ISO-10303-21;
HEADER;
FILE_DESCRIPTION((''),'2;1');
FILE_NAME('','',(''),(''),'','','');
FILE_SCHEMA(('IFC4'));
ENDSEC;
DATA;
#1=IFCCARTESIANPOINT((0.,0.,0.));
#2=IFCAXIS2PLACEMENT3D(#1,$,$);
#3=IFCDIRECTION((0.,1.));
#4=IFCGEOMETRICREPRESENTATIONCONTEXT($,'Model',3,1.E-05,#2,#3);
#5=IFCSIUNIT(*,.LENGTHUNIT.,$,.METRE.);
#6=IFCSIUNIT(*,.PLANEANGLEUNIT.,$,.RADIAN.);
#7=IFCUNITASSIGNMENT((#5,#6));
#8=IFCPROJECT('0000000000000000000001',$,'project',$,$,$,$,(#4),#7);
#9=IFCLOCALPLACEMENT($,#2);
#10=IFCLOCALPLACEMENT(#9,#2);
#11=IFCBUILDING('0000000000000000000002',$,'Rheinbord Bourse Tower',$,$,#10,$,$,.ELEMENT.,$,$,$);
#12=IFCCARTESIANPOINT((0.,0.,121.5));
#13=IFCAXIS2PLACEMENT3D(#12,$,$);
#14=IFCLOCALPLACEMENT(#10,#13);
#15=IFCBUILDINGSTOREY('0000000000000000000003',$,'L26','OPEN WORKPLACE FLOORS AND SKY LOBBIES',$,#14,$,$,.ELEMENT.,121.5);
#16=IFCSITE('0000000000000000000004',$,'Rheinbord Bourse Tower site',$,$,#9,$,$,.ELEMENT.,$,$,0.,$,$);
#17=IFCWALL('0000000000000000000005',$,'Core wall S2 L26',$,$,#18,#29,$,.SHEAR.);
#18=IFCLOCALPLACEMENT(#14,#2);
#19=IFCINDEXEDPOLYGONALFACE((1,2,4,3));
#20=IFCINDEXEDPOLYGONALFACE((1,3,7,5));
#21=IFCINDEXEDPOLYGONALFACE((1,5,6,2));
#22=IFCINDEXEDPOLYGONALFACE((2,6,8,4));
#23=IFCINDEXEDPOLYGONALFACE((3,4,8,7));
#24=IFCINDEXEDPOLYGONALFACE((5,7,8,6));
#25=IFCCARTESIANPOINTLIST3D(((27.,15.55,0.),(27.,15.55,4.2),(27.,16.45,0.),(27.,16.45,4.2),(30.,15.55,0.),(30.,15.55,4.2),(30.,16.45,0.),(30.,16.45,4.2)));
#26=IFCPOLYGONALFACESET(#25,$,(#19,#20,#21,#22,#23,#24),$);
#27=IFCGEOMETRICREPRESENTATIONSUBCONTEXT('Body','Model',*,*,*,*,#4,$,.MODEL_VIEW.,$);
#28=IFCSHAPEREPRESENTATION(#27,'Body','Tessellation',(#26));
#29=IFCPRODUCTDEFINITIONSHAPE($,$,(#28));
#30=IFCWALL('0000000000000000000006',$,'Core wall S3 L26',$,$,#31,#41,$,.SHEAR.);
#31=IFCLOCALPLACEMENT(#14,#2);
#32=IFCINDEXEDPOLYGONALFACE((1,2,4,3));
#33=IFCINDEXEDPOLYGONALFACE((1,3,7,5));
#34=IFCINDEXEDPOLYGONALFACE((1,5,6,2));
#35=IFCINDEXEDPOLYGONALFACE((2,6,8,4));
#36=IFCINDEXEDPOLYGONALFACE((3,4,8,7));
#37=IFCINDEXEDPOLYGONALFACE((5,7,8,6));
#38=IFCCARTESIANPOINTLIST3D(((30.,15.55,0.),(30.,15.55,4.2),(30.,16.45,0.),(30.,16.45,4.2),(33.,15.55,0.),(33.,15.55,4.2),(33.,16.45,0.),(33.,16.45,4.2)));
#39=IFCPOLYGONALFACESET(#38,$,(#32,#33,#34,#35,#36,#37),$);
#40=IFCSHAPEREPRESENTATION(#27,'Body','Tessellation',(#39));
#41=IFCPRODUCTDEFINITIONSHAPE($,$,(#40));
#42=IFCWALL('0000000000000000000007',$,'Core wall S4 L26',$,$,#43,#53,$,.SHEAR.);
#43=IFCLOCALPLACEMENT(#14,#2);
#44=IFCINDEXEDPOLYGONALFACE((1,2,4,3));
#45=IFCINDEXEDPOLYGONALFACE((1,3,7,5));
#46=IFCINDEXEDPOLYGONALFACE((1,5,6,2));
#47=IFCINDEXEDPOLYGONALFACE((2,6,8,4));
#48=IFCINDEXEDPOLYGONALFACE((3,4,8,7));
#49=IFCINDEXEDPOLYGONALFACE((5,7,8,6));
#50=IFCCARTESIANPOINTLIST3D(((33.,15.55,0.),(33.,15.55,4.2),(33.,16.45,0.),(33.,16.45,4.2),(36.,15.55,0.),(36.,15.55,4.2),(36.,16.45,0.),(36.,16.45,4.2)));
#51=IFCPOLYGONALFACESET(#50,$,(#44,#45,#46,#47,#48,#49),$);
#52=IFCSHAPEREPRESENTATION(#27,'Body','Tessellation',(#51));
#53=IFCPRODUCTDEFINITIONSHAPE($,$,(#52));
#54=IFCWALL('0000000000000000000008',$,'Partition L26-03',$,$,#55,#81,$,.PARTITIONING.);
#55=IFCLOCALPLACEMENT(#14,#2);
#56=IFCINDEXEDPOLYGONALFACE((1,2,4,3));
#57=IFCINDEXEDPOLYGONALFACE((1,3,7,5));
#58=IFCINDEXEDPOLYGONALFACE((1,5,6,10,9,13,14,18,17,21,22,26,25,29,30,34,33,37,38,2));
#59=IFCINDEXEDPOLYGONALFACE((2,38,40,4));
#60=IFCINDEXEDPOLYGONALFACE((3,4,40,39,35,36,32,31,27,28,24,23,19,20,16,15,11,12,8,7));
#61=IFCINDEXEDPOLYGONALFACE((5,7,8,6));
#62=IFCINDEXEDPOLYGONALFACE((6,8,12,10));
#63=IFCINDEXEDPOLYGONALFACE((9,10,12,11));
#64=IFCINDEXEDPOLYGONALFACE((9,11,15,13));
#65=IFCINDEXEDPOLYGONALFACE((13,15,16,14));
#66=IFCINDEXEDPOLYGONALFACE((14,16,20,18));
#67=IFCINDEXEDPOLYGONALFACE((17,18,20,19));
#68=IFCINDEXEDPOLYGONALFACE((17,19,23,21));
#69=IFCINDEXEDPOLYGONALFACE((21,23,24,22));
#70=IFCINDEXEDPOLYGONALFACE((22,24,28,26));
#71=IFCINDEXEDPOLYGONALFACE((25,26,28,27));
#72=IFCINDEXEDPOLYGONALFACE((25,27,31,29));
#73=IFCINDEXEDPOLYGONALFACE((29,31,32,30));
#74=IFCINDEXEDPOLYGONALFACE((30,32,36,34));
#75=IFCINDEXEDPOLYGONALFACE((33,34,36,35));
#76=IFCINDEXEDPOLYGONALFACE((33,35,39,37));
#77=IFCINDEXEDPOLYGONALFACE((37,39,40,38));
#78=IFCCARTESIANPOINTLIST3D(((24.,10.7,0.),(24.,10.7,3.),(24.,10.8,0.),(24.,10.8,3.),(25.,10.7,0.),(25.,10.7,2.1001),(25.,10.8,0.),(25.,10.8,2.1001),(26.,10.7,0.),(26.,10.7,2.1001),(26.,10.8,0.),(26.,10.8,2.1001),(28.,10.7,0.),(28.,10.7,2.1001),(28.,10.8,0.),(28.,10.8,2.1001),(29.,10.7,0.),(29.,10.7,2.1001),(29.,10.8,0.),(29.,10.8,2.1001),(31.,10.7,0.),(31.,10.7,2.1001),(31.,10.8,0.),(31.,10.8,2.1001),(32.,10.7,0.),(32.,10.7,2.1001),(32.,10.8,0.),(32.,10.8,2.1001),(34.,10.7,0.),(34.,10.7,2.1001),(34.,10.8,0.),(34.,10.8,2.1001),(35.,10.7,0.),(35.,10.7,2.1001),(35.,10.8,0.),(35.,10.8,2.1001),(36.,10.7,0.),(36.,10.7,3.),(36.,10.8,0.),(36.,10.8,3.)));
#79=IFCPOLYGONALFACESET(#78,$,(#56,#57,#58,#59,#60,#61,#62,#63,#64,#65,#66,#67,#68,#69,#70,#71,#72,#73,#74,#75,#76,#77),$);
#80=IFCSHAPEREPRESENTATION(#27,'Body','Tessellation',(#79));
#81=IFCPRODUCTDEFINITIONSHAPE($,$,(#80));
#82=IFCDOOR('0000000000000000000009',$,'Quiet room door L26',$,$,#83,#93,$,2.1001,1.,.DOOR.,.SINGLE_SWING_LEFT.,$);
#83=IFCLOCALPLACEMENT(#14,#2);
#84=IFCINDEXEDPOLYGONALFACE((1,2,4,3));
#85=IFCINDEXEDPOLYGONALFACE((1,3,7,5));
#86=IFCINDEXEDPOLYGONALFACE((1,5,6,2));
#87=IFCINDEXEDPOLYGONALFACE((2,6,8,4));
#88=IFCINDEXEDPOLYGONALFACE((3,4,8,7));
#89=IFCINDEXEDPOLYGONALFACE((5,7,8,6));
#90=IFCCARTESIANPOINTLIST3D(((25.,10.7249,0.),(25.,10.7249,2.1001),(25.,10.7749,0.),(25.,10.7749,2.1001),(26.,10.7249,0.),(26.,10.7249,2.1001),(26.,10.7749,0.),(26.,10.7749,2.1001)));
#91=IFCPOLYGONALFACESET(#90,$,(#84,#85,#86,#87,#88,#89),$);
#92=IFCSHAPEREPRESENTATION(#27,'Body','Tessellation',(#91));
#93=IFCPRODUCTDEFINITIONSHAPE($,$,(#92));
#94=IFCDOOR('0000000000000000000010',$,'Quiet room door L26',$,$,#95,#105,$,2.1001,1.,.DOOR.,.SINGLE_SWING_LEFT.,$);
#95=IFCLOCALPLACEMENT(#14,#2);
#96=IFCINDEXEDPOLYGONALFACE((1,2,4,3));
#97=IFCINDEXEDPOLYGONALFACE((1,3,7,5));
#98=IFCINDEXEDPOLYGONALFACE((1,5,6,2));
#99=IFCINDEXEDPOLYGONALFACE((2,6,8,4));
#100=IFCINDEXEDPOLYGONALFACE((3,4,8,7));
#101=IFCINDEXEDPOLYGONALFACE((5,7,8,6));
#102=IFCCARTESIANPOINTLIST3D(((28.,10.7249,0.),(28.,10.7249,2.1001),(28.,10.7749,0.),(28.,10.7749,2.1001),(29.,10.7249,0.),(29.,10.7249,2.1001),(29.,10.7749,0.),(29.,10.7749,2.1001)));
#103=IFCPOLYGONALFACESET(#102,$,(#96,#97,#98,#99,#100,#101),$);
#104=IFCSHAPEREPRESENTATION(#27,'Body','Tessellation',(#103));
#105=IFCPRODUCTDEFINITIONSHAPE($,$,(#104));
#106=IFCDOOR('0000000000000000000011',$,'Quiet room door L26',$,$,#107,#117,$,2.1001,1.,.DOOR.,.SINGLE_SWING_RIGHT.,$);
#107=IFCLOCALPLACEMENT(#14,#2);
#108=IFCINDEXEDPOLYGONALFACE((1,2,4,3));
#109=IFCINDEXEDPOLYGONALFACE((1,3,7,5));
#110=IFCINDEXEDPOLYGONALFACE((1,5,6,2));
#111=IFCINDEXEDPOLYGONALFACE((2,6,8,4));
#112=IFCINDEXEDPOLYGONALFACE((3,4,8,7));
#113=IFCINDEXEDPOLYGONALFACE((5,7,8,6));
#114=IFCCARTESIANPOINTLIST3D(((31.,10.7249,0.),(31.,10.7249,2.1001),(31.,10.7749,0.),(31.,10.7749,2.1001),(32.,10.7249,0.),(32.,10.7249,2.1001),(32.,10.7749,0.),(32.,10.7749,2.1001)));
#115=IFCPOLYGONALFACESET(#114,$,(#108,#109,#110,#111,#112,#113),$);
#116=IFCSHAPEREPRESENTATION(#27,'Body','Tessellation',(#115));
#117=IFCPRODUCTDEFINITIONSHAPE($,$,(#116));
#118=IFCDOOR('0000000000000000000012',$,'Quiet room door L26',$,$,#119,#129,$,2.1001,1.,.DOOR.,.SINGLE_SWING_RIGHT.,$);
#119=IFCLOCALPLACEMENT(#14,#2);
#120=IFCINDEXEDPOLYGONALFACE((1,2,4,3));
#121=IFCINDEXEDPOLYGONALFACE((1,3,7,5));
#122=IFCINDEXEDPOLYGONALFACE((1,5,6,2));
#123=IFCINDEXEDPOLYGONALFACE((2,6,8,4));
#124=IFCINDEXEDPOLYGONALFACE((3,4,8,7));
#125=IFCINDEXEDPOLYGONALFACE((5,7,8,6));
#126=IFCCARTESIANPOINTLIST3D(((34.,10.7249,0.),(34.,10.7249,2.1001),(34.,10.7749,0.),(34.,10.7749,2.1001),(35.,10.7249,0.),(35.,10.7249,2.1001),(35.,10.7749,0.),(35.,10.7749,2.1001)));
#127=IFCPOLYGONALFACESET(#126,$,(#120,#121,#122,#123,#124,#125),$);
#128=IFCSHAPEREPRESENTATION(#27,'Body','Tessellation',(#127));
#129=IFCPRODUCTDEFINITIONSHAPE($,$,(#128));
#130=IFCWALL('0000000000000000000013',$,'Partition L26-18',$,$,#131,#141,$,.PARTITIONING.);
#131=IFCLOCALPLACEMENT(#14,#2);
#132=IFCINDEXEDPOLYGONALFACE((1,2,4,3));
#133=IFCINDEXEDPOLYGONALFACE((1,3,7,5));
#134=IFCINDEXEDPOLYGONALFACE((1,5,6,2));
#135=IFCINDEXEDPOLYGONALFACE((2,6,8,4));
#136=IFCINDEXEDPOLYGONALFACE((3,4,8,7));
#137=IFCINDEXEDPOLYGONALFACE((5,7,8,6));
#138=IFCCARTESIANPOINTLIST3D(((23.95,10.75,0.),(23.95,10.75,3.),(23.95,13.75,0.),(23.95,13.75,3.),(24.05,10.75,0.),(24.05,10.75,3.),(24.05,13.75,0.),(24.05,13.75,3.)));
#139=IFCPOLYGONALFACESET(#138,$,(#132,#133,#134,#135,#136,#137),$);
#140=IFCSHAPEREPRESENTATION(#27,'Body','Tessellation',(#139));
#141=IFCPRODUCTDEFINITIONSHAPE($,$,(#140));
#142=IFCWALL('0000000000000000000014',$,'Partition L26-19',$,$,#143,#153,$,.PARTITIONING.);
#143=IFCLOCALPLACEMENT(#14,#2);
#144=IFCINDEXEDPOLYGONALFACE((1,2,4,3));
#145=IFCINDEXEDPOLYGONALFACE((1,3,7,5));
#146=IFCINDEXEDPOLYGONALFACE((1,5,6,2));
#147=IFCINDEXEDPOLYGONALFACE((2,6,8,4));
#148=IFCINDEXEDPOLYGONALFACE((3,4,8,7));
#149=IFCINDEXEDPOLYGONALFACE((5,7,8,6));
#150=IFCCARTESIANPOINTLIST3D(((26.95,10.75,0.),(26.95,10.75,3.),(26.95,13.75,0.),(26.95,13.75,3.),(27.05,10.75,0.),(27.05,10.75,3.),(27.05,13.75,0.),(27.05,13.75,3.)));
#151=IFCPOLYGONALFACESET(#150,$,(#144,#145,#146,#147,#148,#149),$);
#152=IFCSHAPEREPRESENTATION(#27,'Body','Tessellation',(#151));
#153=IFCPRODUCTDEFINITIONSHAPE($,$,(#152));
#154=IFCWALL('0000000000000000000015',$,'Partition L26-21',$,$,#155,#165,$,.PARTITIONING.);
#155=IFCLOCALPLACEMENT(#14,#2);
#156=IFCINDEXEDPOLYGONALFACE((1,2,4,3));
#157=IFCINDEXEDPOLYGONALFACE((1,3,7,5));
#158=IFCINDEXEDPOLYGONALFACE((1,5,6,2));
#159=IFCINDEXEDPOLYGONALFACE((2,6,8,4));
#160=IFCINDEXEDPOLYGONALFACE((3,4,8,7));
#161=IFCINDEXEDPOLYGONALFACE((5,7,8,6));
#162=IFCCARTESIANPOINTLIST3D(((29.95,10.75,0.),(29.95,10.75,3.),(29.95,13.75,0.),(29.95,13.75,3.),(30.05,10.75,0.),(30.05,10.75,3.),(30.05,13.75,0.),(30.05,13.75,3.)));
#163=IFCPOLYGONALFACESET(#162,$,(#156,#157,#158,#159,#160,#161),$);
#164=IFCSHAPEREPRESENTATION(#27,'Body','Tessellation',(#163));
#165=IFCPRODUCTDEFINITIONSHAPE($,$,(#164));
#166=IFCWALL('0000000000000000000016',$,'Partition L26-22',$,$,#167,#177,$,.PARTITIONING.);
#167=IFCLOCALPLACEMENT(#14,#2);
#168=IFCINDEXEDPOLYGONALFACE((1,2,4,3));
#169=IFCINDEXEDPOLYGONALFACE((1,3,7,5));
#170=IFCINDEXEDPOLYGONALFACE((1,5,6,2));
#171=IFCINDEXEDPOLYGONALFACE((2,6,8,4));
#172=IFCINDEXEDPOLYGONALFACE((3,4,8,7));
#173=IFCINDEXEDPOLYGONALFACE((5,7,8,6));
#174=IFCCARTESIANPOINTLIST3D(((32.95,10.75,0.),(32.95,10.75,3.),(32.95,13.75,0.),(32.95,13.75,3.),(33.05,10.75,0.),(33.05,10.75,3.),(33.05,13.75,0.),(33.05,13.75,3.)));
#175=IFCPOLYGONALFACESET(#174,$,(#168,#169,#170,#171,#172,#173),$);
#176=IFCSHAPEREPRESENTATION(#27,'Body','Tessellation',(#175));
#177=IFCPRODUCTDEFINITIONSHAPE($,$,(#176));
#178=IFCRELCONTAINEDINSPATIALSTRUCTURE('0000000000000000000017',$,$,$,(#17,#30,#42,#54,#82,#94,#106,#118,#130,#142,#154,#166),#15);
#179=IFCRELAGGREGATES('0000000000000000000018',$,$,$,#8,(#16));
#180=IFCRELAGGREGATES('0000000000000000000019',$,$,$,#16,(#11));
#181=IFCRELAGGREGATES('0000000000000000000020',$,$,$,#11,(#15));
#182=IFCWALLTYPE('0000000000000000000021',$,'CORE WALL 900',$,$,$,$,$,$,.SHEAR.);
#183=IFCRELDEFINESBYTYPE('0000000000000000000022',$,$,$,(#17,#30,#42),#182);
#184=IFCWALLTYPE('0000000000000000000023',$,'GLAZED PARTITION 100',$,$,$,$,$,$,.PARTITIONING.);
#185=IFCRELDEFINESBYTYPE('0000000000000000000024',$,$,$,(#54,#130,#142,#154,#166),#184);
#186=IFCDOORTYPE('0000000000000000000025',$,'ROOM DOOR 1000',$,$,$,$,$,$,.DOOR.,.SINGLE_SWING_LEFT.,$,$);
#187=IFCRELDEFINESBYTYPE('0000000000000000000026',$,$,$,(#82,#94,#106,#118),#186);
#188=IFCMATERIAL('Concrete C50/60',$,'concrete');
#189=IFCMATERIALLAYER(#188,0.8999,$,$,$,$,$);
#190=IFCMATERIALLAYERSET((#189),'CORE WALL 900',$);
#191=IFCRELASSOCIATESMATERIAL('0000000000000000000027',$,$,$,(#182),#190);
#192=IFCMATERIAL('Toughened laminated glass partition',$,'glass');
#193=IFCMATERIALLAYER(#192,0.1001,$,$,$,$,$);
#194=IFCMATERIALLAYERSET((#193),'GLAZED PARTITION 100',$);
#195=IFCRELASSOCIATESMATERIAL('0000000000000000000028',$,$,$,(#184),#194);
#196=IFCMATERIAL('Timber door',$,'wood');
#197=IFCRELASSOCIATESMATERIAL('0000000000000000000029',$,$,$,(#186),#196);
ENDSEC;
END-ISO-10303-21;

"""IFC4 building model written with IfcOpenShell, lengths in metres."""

from ifc_helpers import new_model, si_unit, direction, frame, frame_2d, origin, place, context, subcontext, project, spatial, rectangle, extrude, material, layer, layer_set, type_object, element, fill, save


model = new_model("IFC4")

# Units and contexts
model_context = context("Model", 3, precision=1e-05, world=origin(), true_north=direction((0.0, 1.0)))
body_context = subcontext(model_context, "Body", "Model", "MODEL_VIEW")
ifc_project = project(units=[si_unit("LENGTHUNIT", "METRE"), si_unit("PLANEANGLEUNIT", "RADIAN")], contexts=[model_context])

# Site, building, storey
site_placement = place(None, origin())
site = spatial("IfcSite", under=ifc_project, at=site_placement, Name="Rheinbord Bourse Tower site", CompositionType="ELEMENT", RefElevation=0.0)
building_placement = place(site_placement, origin())
building = spatial("IfcBuilding", under=site, at=building_placement, Name="Rheinbord Bourse Tower", CompositionType="ELEMENT")
storey_placement = place(building_placement, frame((0.0, 0.0, 121.5)))
storey = spatial("IfcBuildingStorey", under=building, at=storey_placement, Name="L26", Description="OPEN WORKPLACE FLOORS AND SKY LOBBIES", CompositionType="ELEMENT", Elevation=121.5)

# Walls
ifc_material_1 = material(Name="Concrete C50/60", Category="concrete")
ifc_layer_1 = layer(ifc_material_1, 0.8999)
ifc_layer_set_1 = layer_set([ifc_layer_1], Name="CORE WALL 900")
wall_type_1 = type_object("IfcWallType", Name="CORE WALL 900", PredefinedType="SHEAR", material=ifc_layer_set_1)
for number, where, z_axis, x_axis, name in (
    (1, (27.0, 16.0, 0.0), (0.0, 0.0, 1.0), (1.0, 0.0, 0.0), "Core wall S2 L26"),
    (2, (30.0, 16.0, 0.0), (0.0, 0.0, 1.0), (1.0, 0.0, 0.0), "Core wall S3 L26"),
    (3, (33.0, 16.0, 0.0), (0.0, 0.0, 1.0), (1.0, 0.0, 0.0), "Core wall S4 L26"),
):
    element("IfcWall", number, at=place(storey_placement, frame(where, z_axis=z_axis, x_axis=x_axis)), inside=storey, type_object=wall_type_1, Name=name, PredefinedType="SHEAR", context=body_context, shape_type="SweptSolid", body=[
        extrude(rectangle(XDim=3.0, YDim=0.8999, at=frame_2d((1.5, 0.0))), origin(), (0.0, 0.0, 1.0), 4.2),
    ])

# Wall, openings, doors
ifc_material_2 = material(Name="Toughened laminated glass partition", Category="glass")
ifc_layer_2 = layer(ifc_material_2, 0.1001)
ifc_layer_set_2 = layer_set([ifc_layer_2], Name="GLAZED PARTITION 100")
wall_type_2 = type_object("IfcWallType", Name="GLAZED PARTITION 100", PredefinedType="PARTITIONING", material=ifc_layer_set_2)
wall_1_placement = place(storey_placement, frame((24.0, 10.75, 0.0), z_axis=(0.0, 0.0, 1.0), x_axis=(1.0, 0.0, 0.0)))
wall_1 = element("IfcWall", 4, at=wall_1_placement, inside=storey, type_object=wall_type_2, Name="Partition L26-03", PredefinedType="PARTITIONING", context=body_context, shape_type="SweptSolid", body=[
    extrude(rectangle(XDim=12.0, YDim=0.1001, at=frame_2d((6.0, 0.0))), origin(), (0.0, 0.0, 1.0), 3.0),
])
opening_1_placement = place(wall_1_placement, frame((1.0, 0.0, 0.0)))
opening_1 = element("IfcOpeningElement", 5, at=opening_1_placement, cuts=wall_1, PredefinedType="OPENING", context=body_context, shape_type="SweptSolid", body=[
    extrude(rectangle(XDim=1.0, YDim=2.1001, at=frame_2d((0.5, 1.05))), frame((0.0, 0.0601, 0.0), z_axis=(0.0, -1.0, 0.0), x_axis=(1.0, 0.0, 0.0)), (0.0, 0.0, 1.0), 0.1201),
])
opening_2_placement = place(wall_1_placement, frame((4.0, 0.0, 0.0)))
opening_2 = element("IfcOpeningElement", 6, at=opening_2_placement, cuts=wall_1, PredefinedType="OPENING", context=body_context, shape_type="SweptSolid", body=[
    extrude(rectangle(XDim=1.0, YDim=2.1001, at=frame_2d((0.5, 1.05))), frame((0.0, 0.0601, 0.0), z_axis=(0.0, -1.0, 0.0), x_axis=(1.0, 0.0, 0.0)), (0.0, 0.0, 1.0), 0.1201),
])
opening_3_placement = place(wall_1_placement, frame((7.0, 0.0, 0.0)))
opening_3 = element("IfcOpeningElement", 7, at=opening_3_placement, cuts=wall_1, PredefinedType="OPENING", context=body_context, shape_type="SweptSolid", body=[
    extrude(rectangle(XDim=1.0, YDim=2.1001, at=frame_2d((0.5, 1.05))), frame((0.0, 0.0601, 0.0), z_axis=(0.0, -1.0, 0.0), x_axis=(1.0, 0.0, 0.0)), (0.0, 0.0, 1.0), 0.1201),
])
opening_4_placement = place(wall_1_placement, frame((10.0, 0.0, 0.0)))
opening_4 = element("IfcOpeningElement", 8, at=opening_4_placement, cuts=wall_1, PredefinedType="OPENING", context=body_context, shape_type="SweptSolid", body=[
    extrude(rectangle(XDim=1.0, YDim=2.1001, at=frame_2d((0.5, 1.05))), frame((0.0, 0.0601, 0.0), z_axis=(0.0, -1.0, 0.0), x_axis=(1.0, 0.0, 0.0)), (0.0, 0.0, 1.0), 0.1201),
])
ifc_material_3 = material(Name="Timber door", Category="wood")
door_type_1 = type_object("IfcDoorType", Name="ROOM DOOR 1000", OperationType="SINGLE_SWING_LEFT", PredefinedType="DOOR", material=ifc_material_3)
door_1_placement = place(opening_1_placement, origin())
door_1 = element("IfcDoor", 9, at=door_1_placement, inside=storey, type_object=door_type_1, Name="Quiet room door L26", OperationType="SINGLE_SWING_LEFT", OverallHeight=2.1001, OverallWidth=1.0, PredefinedType="DOOR", context=body_context, shape_type="SweptSolid", body=[
    extrude(rectangle(XDim=1.0, YDim=2.1001, at=frame_2d((0.5, 1.05))), frame((0.0, 0.0249, 0.0), z_axis=(0.0, -1.0, 0.0), x_axis=(1.0, 0.0, 0.0)), (0.0, 0.0, 1.0), 0.05),
])
fill(opening_1, door_1)
door_2_placement = place(opening_2_placement, origin())
door_2 = element("IfcDoor", 10, at=door_2_placement, inside=storey, type_object=door_type_1, Name="Quiet room door L26", OperationType="SINGLE_SWING_LEFT", OverallHeight=2.1001, OverallWidth=1.0, PredefinedType="DOOR", context=body_context, shape_type="SweptSolid", body=[
    extrude(rectangle(XDim=1.0, YDim=2.1001, at=frame_2d((0.5, 1.05))), frame((0.0, 0.0249, 0.0), z_axis=(0.0, -1.0, 0.0), x_axis=(1.0, 0.0, 0.0)), (0.0, 0.0, 1.0), 0.05),
])
fill(opening_2, door_2)
door_3_placement = place(opening_3_placement, origin())
door_3 = element("IfcDoor", 11, at=door_3_placement, inside=storey, type_object=door_type_1, Name="Quiet room door L26", OperationType="SINGLE_SWING_RIGHT", OverallHeight=2.1001, OverallWidth=1.0, PredefinedType="DOOR", context=body_context, shape_type="SweptSolid", body=[
    extrude(rectangle(XDim=1.0, YDim=2.1001, at=frame_2d((0.5, 1.05))), frame((0.0, 0.0249, 0.0), z_axis=(0.0, -1.0, 0.0), x_axis=(1.0, 0.0, 0.0)), (0.0, 0.0, 1.0), 0.05),
])
fill(opening_3, door_3)
door_4_placement = place(opening_4_placement, origin())
door_4 = element("IfcDoor", 12, at=door_4_placement, inside=storey, type_object=door_type_1, Name="Quiet room door L26", OperationType="SINGLE_SWING_RIGHT", OverallHeight=2.1001, OverallWidth=1.0, PredefinedType="DOOR", context=body_context, shape_type="SweptSolid", body=[
    extrude(rectangle(XDim=1.0, YDim=2.1001, at=frame_2d((0.5, 1.05))), frame((0.0, 0.0249, 0.0), z_axis=(0.0, -1.0, 0.0), x_axis=(1.0, 0.0, 0.0)), (0.0, 0.0, 1.0), 0.05),
])
fill(opening_4, door_4)

# Walls
for number, where, z_axis, x_axis, name in (
    (13, (24.0, 10.75, 0.0), (0.0, 0.0, 1.0), (0.0, 1.0, 0.0), "Partition L26-18"),
    (14, (27.0, 10.75, 0.0), (0.0, 0.0, 1.0), (0.0, 1.0, 0.0), "Partition L26-19"),
    (15, (30.0, 10.75, 0.0), (0.0, 0.0, 1.0), (0.0, 1.0, 0.0), "Partition L26-21"),
    (16, (33.0, 10.75, 0.0), (0.0, 0.0, 1.0), (0.0, 1.0, 0.0), "Partition L26-22"),
):
    element("IfcWall", number, at=place(storey_placement, frame(where, z_axis=z_axis, x_axis=x_axis)), inside=storey, type_object=wall_type_2, Name=name, PredefinedType="PARTITIONING", context=body_context, shape_type="SweptSolid", body=[
        extrude(rectangle(XDim=3.0, YDim=0.1001, at=frame_2d((1.5, 0.0))), origin(), (0.0, 0.0, 1.0), 3.0),
    ])

save(model, "model.ifc")
